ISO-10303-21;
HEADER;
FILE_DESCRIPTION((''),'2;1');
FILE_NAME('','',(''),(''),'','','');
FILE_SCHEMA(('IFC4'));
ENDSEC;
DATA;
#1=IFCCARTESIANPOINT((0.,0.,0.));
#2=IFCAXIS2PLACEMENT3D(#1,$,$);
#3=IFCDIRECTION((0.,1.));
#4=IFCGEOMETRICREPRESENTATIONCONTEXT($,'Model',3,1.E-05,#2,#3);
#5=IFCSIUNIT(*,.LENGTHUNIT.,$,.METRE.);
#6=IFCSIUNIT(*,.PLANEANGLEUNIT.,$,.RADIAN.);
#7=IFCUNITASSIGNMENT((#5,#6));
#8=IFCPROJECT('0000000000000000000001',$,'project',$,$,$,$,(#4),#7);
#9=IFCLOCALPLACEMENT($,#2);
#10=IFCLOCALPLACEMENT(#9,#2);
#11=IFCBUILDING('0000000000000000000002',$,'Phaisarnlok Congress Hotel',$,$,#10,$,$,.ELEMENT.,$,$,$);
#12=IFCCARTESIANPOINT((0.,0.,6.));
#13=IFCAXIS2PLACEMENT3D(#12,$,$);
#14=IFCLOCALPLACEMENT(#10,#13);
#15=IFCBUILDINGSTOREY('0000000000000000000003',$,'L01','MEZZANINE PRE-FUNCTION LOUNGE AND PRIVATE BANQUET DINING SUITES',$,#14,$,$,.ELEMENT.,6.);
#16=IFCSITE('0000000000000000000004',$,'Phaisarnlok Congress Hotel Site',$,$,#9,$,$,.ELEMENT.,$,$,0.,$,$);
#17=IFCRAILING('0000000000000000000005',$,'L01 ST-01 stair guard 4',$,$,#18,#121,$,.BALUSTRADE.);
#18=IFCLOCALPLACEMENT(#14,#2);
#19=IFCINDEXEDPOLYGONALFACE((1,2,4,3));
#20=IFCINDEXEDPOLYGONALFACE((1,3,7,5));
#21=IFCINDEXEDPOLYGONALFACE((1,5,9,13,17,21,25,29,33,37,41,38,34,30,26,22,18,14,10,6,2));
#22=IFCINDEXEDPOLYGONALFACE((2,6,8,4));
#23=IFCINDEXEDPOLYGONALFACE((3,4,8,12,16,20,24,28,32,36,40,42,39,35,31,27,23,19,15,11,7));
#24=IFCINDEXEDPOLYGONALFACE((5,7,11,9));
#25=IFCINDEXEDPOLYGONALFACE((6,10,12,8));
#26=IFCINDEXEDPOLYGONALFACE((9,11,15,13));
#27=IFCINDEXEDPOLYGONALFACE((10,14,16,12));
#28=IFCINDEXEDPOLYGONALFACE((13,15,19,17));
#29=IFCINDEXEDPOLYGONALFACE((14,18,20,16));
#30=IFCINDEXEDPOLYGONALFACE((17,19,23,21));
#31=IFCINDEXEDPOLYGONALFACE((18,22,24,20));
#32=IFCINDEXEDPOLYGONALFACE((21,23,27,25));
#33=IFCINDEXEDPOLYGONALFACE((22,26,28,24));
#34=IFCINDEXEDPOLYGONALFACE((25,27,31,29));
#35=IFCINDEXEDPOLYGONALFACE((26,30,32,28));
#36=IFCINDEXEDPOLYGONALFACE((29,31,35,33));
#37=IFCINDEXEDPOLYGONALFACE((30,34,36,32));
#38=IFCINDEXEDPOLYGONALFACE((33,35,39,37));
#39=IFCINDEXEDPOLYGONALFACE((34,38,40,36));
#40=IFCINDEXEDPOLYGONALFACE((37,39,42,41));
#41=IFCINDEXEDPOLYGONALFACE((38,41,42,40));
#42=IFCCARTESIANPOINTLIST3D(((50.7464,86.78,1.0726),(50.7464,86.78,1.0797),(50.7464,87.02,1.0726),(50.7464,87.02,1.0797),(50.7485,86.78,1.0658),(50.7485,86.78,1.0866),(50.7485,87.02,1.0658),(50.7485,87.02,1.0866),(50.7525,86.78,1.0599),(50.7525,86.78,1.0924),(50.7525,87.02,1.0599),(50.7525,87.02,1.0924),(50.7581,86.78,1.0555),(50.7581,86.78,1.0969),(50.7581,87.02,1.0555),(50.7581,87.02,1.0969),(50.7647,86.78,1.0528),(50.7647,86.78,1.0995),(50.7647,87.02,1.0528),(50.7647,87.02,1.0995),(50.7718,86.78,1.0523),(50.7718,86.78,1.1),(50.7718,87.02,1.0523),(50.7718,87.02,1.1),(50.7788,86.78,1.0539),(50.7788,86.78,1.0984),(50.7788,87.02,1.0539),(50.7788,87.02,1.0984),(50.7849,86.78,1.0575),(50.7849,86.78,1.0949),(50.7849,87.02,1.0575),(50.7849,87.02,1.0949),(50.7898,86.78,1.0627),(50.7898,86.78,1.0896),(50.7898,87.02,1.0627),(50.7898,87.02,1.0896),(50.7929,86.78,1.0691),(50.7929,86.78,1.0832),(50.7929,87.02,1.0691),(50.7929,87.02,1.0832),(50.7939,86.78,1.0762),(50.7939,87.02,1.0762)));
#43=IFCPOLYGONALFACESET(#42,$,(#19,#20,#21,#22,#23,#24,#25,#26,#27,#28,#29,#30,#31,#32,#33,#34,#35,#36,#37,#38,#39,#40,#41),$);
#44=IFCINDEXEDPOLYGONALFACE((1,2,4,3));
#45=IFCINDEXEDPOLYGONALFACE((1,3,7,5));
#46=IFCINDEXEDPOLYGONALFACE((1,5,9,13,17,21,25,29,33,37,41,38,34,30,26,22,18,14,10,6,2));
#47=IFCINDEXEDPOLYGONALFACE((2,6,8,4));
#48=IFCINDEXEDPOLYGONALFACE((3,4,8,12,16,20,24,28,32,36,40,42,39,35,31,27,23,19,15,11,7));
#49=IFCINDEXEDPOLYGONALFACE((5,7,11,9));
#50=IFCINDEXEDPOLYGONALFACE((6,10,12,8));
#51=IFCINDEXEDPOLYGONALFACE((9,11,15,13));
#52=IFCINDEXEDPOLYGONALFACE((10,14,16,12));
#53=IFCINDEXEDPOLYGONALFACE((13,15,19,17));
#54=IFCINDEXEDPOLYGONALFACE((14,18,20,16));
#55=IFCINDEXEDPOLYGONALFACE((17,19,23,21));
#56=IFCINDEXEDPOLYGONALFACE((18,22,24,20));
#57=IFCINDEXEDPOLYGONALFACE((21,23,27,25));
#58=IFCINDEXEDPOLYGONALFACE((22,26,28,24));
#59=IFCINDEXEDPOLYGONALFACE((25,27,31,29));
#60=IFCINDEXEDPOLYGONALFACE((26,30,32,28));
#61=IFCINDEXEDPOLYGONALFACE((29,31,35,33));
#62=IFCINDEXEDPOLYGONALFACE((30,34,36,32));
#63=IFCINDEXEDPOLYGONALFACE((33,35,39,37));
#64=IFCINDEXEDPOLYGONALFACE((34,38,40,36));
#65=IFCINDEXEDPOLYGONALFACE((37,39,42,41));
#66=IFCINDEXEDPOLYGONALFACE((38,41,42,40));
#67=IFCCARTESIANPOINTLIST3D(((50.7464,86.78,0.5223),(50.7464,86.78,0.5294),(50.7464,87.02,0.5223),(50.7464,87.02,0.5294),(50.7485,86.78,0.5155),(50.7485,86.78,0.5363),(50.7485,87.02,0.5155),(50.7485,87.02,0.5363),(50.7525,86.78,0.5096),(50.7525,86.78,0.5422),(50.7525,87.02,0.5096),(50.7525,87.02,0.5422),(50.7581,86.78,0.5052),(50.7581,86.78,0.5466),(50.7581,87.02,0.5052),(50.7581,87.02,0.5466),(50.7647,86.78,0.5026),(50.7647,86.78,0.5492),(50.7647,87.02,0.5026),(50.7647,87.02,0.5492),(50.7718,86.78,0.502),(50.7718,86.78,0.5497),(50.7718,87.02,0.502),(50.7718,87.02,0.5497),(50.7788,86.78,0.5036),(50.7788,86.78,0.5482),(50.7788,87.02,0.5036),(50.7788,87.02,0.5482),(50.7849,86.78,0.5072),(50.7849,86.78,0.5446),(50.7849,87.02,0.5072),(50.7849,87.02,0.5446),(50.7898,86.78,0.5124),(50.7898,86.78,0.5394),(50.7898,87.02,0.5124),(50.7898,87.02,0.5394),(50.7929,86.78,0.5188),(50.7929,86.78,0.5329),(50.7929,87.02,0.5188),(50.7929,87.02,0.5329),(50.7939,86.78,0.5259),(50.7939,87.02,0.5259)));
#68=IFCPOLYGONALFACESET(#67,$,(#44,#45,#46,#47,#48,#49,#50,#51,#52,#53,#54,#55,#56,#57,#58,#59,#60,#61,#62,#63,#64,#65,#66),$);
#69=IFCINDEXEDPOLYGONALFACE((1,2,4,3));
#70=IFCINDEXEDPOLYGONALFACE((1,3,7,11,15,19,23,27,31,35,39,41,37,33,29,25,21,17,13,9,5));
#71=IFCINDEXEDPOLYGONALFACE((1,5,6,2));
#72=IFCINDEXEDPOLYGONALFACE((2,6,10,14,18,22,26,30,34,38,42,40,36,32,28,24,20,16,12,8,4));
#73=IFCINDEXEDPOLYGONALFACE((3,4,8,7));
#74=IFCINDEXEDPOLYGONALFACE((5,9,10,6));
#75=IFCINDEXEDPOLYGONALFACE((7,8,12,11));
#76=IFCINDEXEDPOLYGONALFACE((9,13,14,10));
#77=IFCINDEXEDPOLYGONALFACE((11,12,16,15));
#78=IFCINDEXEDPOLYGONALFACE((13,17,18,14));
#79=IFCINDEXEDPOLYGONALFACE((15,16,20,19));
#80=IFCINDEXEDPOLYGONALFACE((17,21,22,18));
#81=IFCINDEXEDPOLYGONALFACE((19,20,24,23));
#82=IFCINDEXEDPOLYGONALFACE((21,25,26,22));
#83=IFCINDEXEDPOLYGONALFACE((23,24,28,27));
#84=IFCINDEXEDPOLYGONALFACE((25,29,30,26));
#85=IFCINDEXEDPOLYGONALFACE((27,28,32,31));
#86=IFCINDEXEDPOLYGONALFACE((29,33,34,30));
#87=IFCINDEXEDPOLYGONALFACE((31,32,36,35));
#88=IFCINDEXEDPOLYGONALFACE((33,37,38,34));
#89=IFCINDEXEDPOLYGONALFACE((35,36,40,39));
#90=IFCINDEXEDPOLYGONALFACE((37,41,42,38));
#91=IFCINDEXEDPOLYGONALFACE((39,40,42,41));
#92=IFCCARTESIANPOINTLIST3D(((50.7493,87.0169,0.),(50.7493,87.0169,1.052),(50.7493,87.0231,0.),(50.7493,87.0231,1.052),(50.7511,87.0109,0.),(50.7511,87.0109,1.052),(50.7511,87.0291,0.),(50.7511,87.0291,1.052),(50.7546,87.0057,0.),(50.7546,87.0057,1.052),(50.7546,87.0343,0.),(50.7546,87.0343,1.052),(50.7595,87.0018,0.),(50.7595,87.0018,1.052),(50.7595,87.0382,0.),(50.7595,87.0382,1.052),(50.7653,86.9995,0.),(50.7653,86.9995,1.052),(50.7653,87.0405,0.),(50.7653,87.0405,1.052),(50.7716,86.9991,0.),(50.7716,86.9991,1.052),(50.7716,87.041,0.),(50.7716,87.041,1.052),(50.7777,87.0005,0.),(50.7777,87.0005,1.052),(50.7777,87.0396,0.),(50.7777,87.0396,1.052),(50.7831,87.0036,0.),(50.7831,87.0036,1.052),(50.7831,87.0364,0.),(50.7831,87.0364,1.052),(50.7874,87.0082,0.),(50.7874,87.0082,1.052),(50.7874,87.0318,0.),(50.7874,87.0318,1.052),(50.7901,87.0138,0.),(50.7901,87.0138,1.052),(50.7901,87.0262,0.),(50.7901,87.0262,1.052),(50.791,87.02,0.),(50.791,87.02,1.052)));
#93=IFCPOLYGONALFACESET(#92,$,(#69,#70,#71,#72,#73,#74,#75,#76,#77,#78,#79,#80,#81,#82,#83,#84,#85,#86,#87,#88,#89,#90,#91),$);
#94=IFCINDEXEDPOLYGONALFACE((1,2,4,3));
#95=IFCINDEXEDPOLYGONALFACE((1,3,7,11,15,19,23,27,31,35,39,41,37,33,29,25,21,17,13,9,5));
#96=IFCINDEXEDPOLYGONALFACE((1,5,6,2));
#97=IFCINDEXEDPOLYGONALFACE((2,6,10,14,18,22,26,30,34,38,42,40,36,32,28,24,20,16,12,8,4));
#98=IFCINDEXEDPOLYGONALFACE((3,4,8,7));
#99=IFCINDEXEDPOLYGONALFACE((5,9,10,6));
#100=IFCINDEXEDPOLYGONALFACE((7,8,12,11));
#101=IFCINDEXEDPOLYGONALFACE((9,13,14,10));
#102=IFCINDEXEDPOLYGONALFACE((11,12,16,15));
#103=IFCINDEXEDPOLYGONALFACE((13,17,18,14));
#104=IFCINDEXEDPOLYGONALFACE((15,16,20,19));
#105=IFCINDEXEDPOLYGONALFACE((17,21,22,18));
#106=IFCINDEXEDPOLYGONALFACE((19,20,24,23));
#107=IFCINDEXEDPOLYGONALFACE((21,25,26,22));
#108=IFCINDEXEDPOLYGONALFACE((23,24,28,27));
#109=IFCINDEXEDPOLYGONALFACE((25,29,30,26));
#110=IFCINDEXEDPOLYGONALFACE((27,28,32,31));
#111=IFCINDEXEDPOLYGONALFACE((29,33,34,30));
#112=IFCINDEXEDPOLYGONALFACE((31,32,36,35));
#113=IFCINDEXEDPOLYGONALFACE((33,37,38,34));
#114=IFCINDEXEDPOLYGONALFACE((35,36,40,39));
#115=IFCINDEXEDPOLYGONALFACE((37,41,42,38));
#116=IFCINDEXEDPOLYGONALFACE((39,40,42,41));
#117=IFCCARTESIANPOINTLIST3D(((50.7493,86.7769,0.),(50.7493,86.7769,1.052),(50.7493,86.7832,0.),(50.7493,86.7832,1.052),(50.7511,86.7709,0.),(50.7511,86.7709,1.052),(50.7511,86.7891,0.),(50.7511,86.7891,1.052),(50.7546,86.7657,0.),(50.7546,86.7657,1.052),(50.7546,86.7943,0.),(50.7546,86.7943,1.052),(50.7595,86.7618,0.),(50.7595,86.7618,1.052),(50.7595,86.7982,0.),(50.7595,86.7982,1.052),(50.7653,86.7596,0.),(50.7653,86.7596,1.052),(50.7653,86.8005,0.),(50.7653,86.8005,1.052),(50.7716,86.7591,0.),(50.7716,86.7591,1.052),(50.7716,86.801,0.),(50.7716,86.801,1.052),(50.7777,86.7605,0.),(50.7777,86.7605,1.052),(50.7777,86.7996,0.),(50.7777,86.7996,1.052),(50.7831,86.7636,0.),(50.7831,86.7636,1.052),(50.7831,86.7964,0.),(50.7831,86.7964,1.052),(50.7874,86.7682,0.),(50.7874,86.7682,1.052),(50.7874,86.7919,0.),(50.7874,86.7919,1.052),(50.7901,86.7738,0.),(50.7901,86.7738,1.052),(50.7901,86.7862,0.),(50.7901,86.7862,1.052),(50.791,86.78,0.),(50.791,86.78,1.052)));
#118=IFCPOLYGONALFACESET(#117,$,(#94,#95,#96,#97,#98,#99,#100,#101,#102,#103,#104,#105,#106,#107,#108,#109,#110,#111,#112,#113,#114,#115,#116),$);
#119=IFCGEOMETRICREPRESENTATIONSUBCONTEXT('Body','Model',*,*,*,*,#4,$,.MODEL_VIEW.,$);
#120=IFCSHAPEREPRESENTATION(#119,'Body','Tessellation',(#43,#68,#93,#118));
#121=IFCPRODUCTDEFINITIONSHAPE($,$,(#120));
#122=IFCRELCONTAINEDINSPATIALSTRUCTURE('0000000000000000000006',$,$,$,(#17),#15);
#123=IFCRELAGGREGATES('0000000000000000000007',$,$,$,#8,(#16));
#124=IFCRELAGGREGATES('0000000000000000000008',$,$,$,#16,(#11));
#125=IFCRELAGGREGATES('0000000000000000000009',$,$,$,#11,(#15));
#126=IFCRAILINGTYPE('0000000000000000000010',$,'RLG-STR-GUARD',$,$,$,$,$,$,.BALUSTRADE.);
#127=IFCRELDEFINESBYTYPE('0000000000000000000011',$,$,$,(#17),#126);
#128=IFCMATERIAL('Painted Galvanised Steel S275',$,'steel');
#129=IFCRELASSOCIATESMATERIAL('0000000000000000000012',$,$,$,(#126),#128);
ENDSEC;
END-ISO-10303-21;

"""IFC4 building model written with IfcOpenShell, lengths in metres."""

from ifc_helpers import new_model, si_unit, direction, frame, origin, origin_2d, place, context, subcontext, project, spatial, circle, extrude, material, type_object, element, save


model = new_model("IFC4")

# Units and contexts
model_context = context("Model", 3, precision=1e-05, world=origin(), true_north=direction((0.0, 1.0)))
body_context = subcontext(model_context, "Body", "Model", "MODEL_VIEW")
ifc_project = project(units=[si_unit("LENGTHUNIT", "METRE"), si_unit("PLANEANGLEUNIT", "RADIAN")], contexts=[model_context])

# Site, building, storey
site_placement = place(None, origin())
site = spatial("IfcSite", under=ifc_project, at=site_placement, Name="Phaisarnlok Congress Hotel Site", CompositionType="ELEMENT", RefElevation=0.0)
building_placement = place(site_placement, origin())
building = spatial("IfcBuilding", under=site, at=building_placement, Name="Phaisarnlok Congress Hotel", CompositionType="ELEMENT")
storey_placement = place(building_placement, frame((0.0, 0.0, 6.0)))
storey = spatial("IfcBuildingStorey", under=building, at=storey_placement, Name="L01", Description="MEZZANINE PRE-FUNCTION LOUNGE AND PRIVATE BANQUET DINING SUITES", CompositionType="ELEMENT", Elevation=6.0)

# Railing
ifc_material_1 = material(Name="Painted Galvanised Steel S275", Category="steel")
railing_type_1 = type_object("IfcRailingType", Name="RLG-STR-GUARD", PredefinedType="BALUSTRADE", material=ifc_material_1)
railing_1_placement = place(storey_placement, frame((50.77, 87.02, 0.0)))
element("IfcRailing", 1, at=railing_1_placement, inside=storey, type_object=railing_type_1, Name="L01 ST-01 stair guard 4", PredefinedType="BALUSTRADE", context=body_context, shape_type="SweptSolid", body=[
    extrude(circle(Radius=0.0239, at=origin_2d()), frame((0.0, 0.0, 1.0762), z_axis=(0.0, -1.0, 0.0), x_axis=(1.0, 0.0, 0.0)), (0.0, 0.0, 1.0), 0.24),
    extrude(circle(Radius=0.0239, at=origin_2d()), frame((0.0, 0.0, 0.5259), z_axis=(0.0, -1.0, 0.0), x_axis=(1.0, 0.0, 0.0)), (0.0, 0.0, 1.0), 0.24),
    extrude(circle(Radius=0.021, at=origin_2d()), origin(), (0.0, 0.0, 1.0), 1.052),
    extrude(circle(Radius=0.021, at=origin_2d()), frame((0.0, -0.24, 0.0)), (0.0, 0.0, 1.0), 1.052),
])

save(model, "model.ifc")
